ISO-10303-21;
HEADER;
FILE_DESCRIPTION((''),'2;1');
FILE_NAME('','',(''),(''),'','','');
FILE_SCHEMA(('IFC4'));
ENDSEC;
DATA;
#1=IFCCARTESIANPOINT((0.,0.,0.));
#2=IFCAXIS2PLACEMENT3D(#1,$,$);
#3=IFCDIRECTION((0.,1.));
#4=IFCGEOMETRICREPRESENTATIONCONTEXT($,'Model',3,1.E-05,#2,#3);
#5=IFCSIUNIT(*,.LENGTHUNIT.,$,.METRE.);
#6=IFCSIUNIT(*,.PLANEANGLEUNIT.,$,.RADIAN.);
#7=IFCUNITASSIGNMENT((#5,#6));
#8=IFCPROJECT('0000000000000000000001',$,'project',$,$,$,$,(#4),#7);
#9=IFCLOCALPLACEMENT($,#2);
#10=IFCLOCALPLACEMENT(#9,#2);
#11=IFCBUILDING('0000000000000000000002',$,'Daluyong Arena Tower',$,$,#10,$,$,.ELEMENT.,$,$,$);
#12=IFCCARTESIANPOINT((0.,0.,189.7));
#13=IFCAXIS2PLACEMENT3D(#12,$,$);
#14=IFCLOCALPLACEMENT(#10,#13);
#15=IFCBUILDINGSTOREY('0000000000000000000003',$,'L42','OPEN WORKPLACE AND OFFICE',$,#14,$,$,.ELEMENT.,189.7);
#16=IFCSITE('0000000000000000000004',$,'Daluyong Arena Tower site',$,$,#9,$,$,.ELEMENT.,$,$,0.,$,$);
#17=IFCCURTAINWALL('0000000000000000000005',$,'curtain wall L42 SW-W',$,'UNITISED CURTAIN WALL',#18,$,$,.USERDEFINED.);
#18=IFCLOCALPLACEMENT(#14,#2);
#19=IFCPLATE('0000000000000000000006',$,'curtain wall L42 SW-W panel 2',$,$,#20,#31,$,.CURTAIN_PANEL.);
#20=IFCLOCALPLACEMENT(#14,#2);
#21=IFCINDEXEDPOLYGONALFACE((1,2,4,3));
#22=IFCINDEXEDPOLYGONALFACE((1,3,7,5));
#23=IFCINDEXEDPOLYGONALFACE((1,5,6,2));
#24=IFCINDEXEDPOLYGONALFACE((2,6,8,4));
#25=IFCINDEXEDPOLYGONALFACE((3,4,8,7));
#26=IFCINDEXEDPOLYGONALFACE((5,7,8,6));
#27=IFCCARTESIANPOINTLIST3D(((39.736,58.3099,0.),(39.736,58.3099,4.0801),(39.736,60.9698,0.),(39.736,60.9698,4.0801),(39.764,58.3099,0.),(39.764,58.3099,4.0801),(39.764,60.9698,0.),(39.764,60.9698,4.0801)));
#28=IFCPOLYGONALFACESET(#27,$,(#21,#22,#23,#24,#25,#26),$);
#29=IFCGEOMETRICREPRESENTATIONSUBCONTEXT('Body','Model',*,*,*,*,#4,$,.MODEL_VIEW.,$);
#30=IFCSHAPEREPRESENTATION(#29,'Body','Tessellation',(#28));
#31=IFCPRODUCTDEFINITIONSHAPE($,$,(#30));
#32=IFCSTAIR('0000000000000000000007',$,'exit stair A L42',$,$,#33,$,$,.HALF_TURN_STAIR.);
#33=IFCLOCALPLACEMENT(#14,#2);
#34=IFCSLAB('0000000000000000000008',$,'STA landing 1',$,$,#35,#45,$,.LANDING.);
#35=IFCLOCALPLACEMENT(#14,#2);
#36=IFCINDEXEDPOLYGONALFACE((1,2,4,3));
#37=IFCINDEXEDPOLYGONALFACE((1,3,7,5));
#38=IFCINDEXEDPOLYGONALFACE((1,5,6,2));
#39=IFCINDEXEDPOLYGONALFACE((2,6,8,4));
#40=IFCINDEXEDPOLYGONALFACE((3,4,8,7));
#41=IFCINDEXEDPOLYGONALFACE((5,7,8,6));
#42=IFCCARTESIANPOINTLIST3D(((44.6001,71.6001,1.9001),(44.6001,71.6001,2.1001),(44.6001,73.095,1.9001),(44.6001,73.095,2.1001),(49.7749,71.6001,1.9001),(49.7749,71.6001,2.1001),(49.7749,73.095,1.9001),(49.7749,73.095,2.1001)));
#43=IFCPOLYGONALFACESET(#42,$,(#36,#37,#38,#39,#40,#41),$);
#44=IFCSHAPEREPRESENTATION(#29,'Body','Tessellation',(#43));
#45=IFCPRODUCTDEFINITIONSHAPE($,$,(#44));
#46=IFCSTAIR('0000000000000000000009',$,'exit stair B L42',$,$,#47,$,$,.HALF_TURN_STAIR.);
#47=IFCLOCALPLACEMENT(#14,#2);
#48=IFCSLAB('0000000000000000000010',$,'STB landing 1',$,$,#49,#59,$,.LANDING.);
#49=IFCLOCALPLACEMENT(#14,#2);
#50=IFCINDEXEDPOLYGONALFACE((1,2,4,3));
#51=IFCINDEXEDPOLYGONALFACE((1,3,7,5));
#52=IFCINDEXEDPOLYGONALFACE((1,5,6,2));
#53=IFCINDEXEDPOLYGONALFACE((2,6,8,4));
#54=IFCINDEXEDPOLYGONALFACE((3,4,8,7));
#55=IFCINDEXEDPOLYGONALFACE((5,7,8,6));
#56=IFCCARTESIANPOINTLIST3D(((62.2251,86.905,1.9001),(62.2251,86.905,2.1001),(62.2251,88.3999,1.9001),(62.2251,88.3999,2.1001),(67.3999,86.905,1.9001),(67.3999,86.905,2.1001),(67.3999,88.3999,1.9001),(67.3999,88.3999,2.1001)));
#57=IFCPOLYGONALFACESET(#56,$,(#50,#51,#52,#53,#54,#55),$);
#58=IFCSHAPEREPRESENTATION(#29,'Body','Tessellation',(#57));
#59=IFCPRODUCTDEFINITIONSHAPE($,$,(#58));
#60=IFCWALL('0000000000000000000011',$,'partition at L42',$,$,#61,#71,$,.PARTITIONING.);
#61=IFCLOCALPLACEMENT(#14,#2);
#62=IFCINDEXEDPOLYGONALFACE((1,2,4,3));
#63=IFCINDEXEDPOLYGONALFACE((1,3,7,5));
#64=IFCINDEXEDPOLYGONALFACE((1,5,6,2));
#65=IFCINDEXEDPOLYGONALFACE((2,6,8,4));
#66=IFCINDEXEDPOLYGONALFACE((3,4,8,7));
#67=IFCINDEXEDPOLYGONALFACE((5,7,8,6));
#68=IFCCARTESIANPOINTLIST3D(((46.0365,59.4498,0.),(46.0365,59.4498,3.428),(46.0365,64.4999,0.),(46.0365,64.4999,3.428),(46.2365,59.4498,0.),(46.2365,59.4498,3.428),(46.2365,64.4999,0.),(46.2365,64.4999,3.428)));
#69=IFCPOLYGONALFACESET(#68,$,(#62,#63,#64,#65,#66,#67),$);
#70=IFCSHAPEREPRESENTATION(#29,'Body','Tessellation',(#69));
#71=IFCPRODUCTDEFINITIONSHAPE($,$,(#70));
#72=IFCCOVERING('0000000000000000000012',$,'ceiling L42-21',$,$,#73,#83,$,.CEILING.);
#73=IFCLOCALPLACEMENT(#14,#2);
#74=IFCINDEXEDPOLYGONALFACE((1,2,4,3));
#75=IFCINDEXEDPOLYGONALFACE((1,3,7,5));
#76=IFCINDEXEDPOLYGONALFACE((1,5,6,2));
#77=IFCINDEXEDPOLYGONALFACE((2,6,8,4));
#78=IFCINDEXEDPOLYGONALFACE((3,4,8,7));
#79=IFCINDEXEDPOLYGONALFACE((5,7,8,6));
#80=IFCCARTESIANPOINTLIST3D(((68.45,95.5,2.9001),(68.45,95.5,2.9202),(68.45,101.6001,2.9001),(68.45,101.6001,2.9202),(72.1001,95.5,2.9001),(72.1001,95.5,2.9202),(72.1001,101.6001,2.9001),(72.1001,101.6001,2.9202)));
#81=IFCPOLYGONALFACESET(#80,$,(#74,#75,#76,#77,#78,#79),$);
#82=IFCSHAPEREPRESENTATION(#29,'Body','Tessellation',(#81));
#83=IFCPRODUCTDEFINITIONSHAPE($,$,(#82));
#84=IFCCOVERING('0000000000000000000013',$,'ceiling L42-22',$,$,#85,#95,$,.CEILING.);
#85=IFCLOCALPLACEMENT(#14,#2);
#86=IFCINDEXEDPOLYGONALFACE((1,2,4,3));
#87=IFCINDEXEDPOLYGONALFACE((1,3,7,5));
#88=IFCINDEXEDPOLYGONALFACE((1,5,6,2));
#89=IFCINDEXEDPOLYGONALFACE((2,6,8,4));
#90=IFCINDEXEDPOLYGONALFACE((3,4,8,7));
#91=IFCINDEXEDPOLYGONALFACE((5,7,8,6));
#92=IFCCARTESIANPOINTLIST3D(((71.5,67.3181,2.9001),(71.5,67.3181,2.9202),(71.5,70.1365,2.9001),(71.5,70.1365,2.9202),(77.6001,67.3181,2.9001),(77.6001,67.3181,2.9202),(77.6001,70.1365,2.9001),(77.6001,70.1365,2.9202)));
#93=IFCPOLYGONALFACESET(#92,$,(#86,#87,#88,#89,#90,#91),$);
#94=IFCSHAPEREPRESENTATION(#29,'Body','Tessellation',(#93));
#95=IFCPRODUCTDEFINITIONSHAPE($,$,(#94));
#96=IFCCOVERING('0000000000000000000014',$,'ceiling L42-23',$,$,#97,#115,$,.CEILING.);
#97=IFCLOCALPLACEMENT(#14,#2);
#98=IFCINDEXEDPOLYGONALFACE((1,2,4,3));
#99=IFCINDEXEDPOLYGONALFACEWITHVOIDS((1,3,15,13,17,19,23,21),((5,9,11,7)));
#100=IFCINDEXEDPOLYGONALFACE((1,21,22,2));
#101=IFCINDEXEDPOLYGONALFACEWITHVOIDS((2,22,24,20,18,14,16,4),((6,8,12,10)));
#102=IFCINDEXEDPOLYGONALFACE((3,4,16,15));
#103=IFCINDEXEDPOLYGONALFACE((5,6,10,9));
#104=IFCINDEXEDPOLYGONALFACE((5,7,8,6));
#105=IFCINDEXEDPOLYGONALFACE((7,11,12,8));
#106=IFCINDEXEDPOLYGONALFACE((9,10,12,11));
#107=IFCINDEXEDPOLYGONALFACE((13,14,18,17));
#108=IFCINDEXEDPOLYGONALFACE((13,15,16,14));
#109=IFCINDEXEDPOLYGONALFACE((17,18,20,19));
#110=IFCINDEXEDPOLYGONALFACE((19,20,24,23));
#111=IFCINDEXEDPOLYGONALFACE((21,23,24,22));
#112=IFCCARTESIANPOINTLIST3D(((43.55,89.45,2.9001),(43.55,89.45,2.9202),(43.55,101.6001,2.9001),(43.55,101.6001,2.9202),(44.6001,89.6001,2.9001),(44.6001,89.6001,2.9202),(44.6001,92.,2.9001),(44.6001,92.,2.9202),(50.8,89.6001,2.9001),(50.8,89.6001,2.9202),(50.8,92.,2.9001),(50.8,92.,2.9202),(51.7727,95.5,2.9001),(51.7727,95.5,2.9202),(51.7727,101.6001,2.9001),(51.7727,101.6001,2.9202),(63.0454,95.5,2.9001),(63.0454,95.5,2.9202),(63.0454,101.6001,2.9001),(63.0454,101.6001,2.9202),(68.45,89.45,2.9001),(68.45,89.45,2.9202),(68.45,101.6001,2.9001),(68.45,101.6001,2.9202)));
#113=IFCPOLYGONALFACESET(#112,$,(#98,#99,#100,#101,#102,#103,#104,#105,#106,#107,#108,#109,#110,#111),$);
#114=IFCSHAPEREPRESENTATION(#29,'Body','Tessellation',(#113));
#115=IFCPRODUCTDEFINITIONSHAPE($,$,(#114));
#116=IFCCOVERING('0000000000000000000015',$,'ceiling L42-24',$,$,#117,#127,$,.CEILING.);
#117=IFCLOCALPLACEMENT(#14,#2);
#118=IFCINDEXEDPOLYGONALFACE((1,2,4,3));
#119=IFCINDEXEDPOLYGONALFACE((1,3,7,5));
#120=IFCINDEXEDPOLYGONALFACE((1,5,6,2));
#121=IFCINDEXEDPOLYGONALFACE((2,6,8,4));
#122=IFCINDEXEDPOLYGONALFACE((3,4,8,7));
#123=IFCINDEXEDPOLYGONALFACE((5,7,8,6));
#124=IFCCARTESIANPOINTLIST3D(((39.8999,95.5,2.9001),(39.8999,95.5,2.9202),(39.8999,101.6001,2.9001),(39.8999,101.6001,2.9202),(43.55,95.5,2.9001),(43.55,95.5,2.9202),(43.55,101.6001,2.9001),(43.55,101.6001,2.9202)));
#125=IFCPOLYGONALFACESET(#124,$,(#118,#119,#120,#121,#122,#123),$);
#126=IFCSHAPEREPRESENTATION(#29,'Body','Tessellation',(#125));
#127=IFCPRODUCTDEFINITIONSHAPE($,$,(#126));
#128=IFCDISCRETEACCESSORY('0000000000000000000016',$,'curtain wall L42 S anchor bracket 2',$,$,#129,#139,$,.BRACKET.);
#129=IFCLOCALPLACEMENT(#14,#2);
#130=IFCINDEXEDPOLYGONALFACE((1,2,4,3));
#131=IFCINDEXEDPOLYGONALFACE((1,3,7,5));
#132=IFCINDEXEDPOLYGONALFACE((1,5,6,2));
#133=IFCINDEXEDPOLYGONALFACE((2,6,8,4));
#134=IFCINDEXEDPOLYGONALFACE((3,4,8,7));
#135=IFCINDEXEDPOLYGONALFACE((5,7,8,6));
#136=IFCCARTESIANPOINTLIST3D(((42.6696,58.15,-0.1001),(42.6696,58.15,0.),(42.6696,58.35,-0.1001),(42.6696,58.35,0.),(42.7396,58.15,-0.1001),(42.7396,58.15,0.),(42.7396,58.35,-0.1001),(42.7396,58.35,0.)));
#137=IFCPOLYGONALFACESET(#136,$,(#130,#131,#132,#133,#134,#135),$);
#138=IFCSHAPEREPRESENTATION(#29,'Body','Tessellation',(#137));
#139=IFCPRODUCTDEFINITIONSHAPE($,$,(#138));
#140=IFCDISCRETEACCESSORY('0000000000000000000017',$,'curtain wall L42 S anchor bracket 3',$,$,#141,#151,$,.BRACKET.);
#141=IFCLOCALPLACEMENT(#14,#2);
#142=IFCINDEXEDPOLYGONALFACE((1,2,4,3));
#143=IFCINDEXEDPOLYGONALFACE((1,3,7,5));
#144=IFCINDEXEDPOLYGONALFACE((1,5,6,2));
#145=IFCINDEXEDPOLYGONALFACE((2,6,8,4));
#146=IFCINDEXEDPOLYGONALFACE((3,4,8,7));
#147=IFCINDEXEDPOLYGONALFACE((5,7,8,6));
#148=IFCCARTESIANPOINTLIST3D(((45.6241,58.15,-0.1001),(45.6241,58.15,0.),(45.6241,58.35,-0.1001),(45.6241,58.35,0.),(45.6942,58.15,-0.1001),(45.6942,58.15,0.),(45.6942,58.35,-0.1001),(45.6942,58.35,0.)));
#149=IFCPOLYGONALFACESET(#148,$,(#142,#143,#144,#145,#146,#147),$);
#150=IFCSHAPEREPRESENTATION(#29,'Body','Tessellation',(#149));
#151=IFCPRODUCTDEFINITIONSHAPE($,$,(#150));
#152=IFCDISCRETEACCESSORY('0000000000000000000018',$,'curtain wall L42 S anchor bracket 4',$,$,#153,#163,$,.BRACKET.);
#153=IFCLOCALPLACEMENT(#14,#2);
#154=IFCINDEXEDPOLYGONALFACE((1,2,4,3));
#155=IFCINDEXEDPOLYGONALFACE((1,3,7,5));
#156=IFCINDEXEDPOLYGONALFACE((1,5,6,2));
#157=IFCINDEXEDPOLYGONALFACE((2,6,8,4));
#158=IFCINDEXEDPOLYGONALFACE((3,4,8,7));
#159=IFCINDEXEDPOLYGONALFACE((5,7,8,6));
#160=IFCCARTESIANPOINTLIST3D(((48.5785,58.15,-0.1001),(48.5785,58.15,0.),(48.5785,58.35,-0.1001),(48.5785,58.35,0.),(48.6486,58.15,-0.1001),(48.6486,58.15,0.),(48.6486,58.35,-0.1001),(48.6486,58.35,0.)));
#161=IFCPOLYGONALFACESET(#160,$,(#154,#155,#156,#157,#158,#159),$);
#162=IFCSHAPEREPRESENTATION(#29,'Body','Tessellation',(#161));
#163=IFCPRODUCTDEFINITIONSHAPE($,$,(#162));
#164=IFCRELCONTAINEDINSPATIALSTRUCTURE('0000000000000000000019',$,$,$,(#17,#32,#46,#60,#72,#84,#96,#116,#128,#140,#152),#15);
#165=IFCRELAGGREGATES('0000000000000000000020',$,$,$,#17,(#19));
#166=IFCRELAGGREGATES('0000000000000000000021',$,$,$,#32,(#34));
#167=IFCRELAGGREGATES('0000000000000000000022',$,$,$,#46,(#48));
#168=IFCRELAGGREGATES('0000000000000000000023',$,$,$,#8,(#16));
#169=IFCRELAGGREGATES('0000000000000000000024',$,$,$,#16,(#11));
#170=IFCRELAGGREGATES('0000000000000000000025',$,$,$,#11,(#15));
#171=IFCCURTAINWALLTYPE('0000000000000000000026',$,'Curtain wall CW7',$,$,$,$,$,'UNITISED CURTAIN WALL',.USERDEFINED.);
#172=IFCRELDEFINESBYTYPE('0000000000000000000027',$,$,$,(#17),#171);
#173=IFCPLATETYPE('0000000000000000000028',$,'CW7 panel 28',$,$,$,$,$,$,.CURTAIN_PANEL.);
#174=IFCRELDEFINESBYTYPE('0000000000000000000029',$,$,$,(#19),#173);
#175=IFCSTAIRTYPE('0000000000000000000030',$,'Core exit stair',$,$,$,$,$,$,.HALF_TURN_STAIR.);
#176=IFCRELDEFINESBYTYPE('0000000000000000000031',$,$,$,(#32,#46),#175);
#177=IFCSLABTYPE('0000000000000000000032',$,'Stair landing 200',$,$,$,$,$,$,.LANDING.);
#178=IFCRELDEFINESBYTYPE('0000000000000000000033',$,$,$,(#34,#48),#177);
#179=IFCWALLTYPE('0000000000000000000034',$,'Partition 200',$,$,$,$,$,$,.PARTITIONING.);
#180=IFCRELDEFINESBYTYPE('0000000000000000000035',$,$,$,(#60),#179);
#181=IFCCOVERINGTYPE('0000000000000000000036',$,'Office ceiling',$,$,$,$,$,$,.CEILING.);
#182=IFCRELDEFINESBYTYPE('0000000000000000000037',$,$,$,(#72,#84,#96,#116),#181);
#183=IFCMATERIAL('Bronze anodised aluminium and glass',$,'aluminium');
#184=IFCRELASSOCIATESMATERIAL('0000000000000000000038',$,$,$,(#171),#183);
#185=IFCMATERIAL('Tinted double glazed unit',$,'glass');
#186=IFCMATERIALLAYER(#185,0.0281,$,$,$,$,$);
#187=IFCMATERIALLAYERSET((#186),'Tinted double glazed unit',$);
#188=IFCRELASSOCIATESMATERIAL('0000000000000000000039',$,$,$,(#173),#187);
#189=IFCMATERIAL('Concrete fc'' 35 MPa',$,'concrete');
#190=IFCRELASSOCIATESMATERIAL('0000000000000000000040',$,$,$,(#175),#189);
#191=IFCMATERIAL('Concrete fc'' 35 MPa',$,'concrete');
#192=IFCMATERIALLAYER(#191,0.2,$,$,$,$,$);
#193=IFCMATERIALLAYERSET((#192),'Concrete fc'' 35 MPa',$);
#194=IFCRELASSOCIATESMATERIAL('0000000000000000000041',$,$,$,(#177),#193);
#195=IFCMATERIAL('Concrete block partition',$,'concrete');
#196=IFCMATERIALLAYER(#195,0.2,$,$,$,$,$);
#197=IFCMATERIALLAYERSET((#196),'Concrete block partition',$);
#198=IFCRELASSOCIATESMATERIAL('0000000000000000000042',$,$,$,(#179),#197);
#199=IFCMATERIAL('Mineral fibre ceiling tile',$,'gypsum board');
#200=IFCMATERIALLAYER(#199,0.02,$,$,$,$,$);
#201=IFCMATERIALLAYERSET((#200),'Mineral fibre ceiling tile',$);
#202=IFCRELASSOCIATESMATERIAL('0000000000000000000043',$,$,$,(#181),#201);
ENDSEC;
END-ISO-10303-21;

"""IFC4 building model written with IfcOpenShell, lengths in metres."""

from ifc_helpers import new_model, si_unit, direction, frame, frame_2d, origin, origin_2d, place, context, subcontext, project, spatial, polyline, rectangle, outline, extrude, material, layer, layer_set, type_object, element, aggregate, save


model = new_model("IFC4")

# Units and contexts
model_context = context("Model", 3, precision=1e-05, world=origin(), true_north=direction((0.0, 1.0)))
body_context = subcontext(model_context, "Body", "Model", "MODEL_VIEW")
ifc_project = project(units=[si_unit("LENGTHUNIT", "METRE"), si_unit("PLANEANGLEUNIT", "RADIAN")], contexts=[model_context])

# Site, building, storey
site_placement = place(None, origin())
site = spatial("IfcSite", under=ifc_project, at=site_placement, Name="Daluyong Arena Tower site", CompositionType="ELEMENT", RefElevation=0.0)
building_placement = place(site_placement, origin())
building = spatial("IfcBuilding", under=site, at=building_placement, Name="Daluyong Arena Tower", CompositionType="ELEMENT")
storey_placement = place(building_placement, frame((0.0, 0.0, 189.7)))
storey = spatial("IfcBuildingStorey", under=building, at=storey_placement, Name="L42", Description="OPEN WORKPLACE AND OFFICE", CompositionType="ELEMENT", Elevation=189.7)

# Curtain wall
ifc_material_1 = material(Name="Bronze anodised aluminium and glass", Category="aluminium")
curtain_wall_type_1 = type_object("IfcCurtainWallType", Name="Curtain wall CW7", ElementType="UNITISED CURTAIN WALL", PredefinedType="USERDEFINED", material=ifc_material_1)
curtain_wall_1_placement = place(storey_placement, origin())
curtain_wall_1 = element("IfcCurtainWall", 1, at=curtain_wall_1_placement, inside=storey, type_object=curtain_wall_type_1, Name="curtain wall L42 SW-W", ObjectType="UNITISED CURTAIN WALL", PredefinedType="USERDEFINED")

# Plate
ifc_material_2 = material(Name="Tinted double glazed unit", Category="glass")
ifc_layer_1 = layer(ifc_material_2, 0.0281)
ifc_layer_set_1 = layer_set([ifc_layer_1], Name="Tinted double glazed unit")
plate_type_1 = type_object("IfcPlateType", Name="CW7 panel 28", PredefinedType="CURTAIN_PANEL", material=ifc_layer_set_1)
plate_1_placement = place(storey_placement, frame((39.75, 59.6399, 0.0), z_axis=(0.0, 0.0, 1.0), x_axis=(0.0, -1.0, 0.0)))
plate_1 = element("IfcPlate", 2, at=plate_1_placement, type_object=plate_type_1, Name="curtain wall L42 SW-W panel 2", PredefinedType="CURTAIN_PANEL", context=body_context, shape_type="SweptSolid", body=[
    extrude(rectangle(XDim=2.6599, YDim=0.0281, at=origin_2d()), origin(), (0.0, 0.0, 1.0), 4.0801),
])
aggregate(curtain_wall_1, [plate_1])

# Stairs, slabs
ifc_material_3 = material(Name="Concrete fc' 35 MPa", Category="concrete")
stair_type = type_object("IfcStairType", Name="Core exit stair", PredefinedType="HALF_TURN_STAIR", material=ifc_material_3)
stair_1_placement = place(storey_placement, origin())
stair_1 = element("IfcStair", 3, at=stair_1_placement, inside=storey, type_object=stair_type, Name="exit stair A L42", PredefinedType="HALF_TURN_STAIR")
ifc_material_4 = material(Name="Concrete fc' 35 MPa", Category="concrete")
ifc_layer_2 = layer(ifc_material_4, 0.2)
ifc_layer_set_2 = layer_set([ifc_layer_2], Name="Concrete fc' 35 MPa")
slab_type = type_object("IfcSlabType", Name="Stair landing 200", PredefinedType="LANDING", material=ifc_layer_set_2)
slab_1_placement = place(storey_placement, frame((0.0, 0.0, 1.9001)))
slab_1 = element("IfcSlab", 4, at=slab_1_placement, type_object=slab_type, Name="STA landing 1", PredefinedType="LANDING", context=body_context, shape_type="SweptSolid", body=[
    extrude(outline(polyline([(44.6001, 71.6001), (49.7749, 71.6001), (49.7749, 73.095), (44.6001, 73.095), (44.6001, 71.6001)])), origin(), (0.0, 0.0, 1.0), 0.2),
])
aggregate(stair_1, [slab_1])
stair_2_placement = place(storey_placement, origin())
stair_2 = element("IfcStair", 5, at=stair_2_placement, inside=storey, type_object=stair_type, Name="exit stair B L42", PredefinedType="HALF_TURN_STAIR")
slab_2_placement = place(storey_placement, frame((0.0, 0.0, 1.9001)))
slab_2 = element("IfcSlab", 6, at=slab_2_placement, type_object=slab_type, Name="STB landing 1", PredefinedType="LANDING", context=body_context, shape_type="SweptSolid", body=[
    extrude(outline(polyline([(62.2251, 86.905), (67.3999, 86.905), (67.3999, 88.3999), (62.2251, 88.3999), (62.2251, 86.905)])), origin(), (0.0, 0.0, 1.0), 0.2),
])
aggregate(stair_2, [slab_2])

# Wall
ifc_material_5 = material(Name="Concrete block partition", Category="concrete")
ifc_layer_3 = layer(ifc_material_5, 0.2)
ifc_layer_set_3 = layer_set([ifc_layer_3], Name="Concrete block partition")
wall_type = type_object("IfcWallType", Name="Partition 200", PredefinedType="PARTITIONING", material=ifc_layer_set_3)
wall_placement = place(storey_placement, frame((46.1365, 59.45, 0.0), z_axis=(0.0, 0.0, 1.0), x_axis=(0.0, 1.0, 0.0)))
element("IfcWall", 7, at=wall_placement, inside=storey, type_object=wall_type, Name="partition at L42", PredefinedType="PARTITIONING", context=body_context, shape_type="SweptSolid", body=[
    extrude(rectangle(XDim=5.05, YDim=0.2, at=frame_2d((2.5249, 0.0))), origin(), (0.0, 0.0, 1.0), 3.428),
])

# Coverings
ifc_material_6 = material(Name="Mineral fibre ceiling tile", Category="gypsum board")
ifc_layer_4 = layer(ifc_material_6, 0.02)
ifc_layer_set_4 = layer_set([ifc_layer_4], Name="Mineral fibre ceiling tile")
covering_type = type_object("IfcCoveringType", Name="Office ceiling", PredefinedType="CEILING", material=ifc_layer_set_4)
covering_1_placement = place(storey_placement, frame((0.0, 0.0, 2.9001)))
element("IfcCovering", 8, at=covering_1_placement, inside=storey, type_object=covering_type, Name="ceiling L42-21", PredefinedType="CEILING", context=body_context, shape_type="SweptSolid", body=[
    extrude(outline(polyline([(72.1001, 101.6001), (68.45, 101.6001), (68.45, 95.5), (72.1001, 95.5), (72.1001, 101.6001)])), origin(), (0.0, 0.0, 1.0), 0.02),
])
covering_2_placement = place(storey_placement, frame((0.0, 0.0, 2.9001)))
element("IfcCovering", 9, at=covering_2_placement, inside=storey, type_object=covering_type, Name="ceiling L42-22", PredefinedType="CEILING", context=body_context, shape_type="SweptSolid", body=[
    extrude(outline(polyline([(77.6001, 67.3181), (77.6001, 70.1365), (71.5, 70.1365), (71.5, 67.3181), (77.6001, 67.3181)])), origin(), (0.0, 0.0, 1.0), 0.02),
])
covering_3_placement = place(storey_placement, frame((0.0, 0.0, 2.9001)))
element("IfcCovering", 10, at=covering_3_placement, inside=storey, type_object=covering_type, Name="ceiling L42-23", PredefinedType="CEILING", context=body_context, shape_type="SweptSolid", body=[
    extrude(outline(polyline([(51.7727, 95.5), (51.7727, 101.6001), (43.55, 101.6001), (43.55, 89.45), (68.45, 89.45), (68.45, 101.6001), (63.0454, 101.6001), (63.0454, 95.5), (51.7727, 95.5)]), holes=[polyline([(44.6001, 89.6001), (44.6001, 92.0), (50.8, 92.0), (50.8, 89.6001), (44.6001, 89.6001)])]), origin(), (0.0, 0.0, 1.0), 0.02),
])
covering_4_placement = place(storey_placement, frame((0.0, 0.0, 2.9001)))
element("IfcCovering", 11, at=covering_4_placement, inside=storey, type_object=covering_type, Name="ceiling L42-24", PredefinedType="CEILING", context=body_context, shape_type="SweptSolid", body=[
    extrude(outline(polyline([(43.55, 95.5), (43.55, 101.6001), (39.8999, 101.6001), (39.8999, 95.5), (43.55, 95.5)])), origin(), (0.0, 0.0, 1.0), 0.02),
])

# Discrete accessories
for number, where, z_axis, x_axis, name in (
    (12, (42.7046, 58.25, -0.1001), (0.0, 0.0, 1.0), (1.0, 0.0, 0.0), "curtain wall L42 S anchor bracket 2"),
    (13, (45.6592, 58.25, -0.1001), (0.0, 0.0, 1.0), (1.0, 0.0, 0.0), "curtain wall L42 S anchor bracket 3"),
    (14, (48.6135, 58.25, -0.1001), (0.0, 0.0, 1.0), (1.0, 0.0, 0.0), "curtain wall L42 S anchor bracket 4"),
):
    element("IfcDiscreteAccessory", number, at=place(storey_placement, frame(where, z_axis=z_axis, x_axis=x_axis)), inside=storey, Name=name, PredefinedType="BRACKET", context=body_context, shape_type="SweptSolid", body=[
        extrude(rectangle(XDim=0.0701, YDim=0.2, at=origin_2d()), origin(), (0.0, 0.0, 1.0), 0.1001),
    ])

save(model, "model.ifc")
